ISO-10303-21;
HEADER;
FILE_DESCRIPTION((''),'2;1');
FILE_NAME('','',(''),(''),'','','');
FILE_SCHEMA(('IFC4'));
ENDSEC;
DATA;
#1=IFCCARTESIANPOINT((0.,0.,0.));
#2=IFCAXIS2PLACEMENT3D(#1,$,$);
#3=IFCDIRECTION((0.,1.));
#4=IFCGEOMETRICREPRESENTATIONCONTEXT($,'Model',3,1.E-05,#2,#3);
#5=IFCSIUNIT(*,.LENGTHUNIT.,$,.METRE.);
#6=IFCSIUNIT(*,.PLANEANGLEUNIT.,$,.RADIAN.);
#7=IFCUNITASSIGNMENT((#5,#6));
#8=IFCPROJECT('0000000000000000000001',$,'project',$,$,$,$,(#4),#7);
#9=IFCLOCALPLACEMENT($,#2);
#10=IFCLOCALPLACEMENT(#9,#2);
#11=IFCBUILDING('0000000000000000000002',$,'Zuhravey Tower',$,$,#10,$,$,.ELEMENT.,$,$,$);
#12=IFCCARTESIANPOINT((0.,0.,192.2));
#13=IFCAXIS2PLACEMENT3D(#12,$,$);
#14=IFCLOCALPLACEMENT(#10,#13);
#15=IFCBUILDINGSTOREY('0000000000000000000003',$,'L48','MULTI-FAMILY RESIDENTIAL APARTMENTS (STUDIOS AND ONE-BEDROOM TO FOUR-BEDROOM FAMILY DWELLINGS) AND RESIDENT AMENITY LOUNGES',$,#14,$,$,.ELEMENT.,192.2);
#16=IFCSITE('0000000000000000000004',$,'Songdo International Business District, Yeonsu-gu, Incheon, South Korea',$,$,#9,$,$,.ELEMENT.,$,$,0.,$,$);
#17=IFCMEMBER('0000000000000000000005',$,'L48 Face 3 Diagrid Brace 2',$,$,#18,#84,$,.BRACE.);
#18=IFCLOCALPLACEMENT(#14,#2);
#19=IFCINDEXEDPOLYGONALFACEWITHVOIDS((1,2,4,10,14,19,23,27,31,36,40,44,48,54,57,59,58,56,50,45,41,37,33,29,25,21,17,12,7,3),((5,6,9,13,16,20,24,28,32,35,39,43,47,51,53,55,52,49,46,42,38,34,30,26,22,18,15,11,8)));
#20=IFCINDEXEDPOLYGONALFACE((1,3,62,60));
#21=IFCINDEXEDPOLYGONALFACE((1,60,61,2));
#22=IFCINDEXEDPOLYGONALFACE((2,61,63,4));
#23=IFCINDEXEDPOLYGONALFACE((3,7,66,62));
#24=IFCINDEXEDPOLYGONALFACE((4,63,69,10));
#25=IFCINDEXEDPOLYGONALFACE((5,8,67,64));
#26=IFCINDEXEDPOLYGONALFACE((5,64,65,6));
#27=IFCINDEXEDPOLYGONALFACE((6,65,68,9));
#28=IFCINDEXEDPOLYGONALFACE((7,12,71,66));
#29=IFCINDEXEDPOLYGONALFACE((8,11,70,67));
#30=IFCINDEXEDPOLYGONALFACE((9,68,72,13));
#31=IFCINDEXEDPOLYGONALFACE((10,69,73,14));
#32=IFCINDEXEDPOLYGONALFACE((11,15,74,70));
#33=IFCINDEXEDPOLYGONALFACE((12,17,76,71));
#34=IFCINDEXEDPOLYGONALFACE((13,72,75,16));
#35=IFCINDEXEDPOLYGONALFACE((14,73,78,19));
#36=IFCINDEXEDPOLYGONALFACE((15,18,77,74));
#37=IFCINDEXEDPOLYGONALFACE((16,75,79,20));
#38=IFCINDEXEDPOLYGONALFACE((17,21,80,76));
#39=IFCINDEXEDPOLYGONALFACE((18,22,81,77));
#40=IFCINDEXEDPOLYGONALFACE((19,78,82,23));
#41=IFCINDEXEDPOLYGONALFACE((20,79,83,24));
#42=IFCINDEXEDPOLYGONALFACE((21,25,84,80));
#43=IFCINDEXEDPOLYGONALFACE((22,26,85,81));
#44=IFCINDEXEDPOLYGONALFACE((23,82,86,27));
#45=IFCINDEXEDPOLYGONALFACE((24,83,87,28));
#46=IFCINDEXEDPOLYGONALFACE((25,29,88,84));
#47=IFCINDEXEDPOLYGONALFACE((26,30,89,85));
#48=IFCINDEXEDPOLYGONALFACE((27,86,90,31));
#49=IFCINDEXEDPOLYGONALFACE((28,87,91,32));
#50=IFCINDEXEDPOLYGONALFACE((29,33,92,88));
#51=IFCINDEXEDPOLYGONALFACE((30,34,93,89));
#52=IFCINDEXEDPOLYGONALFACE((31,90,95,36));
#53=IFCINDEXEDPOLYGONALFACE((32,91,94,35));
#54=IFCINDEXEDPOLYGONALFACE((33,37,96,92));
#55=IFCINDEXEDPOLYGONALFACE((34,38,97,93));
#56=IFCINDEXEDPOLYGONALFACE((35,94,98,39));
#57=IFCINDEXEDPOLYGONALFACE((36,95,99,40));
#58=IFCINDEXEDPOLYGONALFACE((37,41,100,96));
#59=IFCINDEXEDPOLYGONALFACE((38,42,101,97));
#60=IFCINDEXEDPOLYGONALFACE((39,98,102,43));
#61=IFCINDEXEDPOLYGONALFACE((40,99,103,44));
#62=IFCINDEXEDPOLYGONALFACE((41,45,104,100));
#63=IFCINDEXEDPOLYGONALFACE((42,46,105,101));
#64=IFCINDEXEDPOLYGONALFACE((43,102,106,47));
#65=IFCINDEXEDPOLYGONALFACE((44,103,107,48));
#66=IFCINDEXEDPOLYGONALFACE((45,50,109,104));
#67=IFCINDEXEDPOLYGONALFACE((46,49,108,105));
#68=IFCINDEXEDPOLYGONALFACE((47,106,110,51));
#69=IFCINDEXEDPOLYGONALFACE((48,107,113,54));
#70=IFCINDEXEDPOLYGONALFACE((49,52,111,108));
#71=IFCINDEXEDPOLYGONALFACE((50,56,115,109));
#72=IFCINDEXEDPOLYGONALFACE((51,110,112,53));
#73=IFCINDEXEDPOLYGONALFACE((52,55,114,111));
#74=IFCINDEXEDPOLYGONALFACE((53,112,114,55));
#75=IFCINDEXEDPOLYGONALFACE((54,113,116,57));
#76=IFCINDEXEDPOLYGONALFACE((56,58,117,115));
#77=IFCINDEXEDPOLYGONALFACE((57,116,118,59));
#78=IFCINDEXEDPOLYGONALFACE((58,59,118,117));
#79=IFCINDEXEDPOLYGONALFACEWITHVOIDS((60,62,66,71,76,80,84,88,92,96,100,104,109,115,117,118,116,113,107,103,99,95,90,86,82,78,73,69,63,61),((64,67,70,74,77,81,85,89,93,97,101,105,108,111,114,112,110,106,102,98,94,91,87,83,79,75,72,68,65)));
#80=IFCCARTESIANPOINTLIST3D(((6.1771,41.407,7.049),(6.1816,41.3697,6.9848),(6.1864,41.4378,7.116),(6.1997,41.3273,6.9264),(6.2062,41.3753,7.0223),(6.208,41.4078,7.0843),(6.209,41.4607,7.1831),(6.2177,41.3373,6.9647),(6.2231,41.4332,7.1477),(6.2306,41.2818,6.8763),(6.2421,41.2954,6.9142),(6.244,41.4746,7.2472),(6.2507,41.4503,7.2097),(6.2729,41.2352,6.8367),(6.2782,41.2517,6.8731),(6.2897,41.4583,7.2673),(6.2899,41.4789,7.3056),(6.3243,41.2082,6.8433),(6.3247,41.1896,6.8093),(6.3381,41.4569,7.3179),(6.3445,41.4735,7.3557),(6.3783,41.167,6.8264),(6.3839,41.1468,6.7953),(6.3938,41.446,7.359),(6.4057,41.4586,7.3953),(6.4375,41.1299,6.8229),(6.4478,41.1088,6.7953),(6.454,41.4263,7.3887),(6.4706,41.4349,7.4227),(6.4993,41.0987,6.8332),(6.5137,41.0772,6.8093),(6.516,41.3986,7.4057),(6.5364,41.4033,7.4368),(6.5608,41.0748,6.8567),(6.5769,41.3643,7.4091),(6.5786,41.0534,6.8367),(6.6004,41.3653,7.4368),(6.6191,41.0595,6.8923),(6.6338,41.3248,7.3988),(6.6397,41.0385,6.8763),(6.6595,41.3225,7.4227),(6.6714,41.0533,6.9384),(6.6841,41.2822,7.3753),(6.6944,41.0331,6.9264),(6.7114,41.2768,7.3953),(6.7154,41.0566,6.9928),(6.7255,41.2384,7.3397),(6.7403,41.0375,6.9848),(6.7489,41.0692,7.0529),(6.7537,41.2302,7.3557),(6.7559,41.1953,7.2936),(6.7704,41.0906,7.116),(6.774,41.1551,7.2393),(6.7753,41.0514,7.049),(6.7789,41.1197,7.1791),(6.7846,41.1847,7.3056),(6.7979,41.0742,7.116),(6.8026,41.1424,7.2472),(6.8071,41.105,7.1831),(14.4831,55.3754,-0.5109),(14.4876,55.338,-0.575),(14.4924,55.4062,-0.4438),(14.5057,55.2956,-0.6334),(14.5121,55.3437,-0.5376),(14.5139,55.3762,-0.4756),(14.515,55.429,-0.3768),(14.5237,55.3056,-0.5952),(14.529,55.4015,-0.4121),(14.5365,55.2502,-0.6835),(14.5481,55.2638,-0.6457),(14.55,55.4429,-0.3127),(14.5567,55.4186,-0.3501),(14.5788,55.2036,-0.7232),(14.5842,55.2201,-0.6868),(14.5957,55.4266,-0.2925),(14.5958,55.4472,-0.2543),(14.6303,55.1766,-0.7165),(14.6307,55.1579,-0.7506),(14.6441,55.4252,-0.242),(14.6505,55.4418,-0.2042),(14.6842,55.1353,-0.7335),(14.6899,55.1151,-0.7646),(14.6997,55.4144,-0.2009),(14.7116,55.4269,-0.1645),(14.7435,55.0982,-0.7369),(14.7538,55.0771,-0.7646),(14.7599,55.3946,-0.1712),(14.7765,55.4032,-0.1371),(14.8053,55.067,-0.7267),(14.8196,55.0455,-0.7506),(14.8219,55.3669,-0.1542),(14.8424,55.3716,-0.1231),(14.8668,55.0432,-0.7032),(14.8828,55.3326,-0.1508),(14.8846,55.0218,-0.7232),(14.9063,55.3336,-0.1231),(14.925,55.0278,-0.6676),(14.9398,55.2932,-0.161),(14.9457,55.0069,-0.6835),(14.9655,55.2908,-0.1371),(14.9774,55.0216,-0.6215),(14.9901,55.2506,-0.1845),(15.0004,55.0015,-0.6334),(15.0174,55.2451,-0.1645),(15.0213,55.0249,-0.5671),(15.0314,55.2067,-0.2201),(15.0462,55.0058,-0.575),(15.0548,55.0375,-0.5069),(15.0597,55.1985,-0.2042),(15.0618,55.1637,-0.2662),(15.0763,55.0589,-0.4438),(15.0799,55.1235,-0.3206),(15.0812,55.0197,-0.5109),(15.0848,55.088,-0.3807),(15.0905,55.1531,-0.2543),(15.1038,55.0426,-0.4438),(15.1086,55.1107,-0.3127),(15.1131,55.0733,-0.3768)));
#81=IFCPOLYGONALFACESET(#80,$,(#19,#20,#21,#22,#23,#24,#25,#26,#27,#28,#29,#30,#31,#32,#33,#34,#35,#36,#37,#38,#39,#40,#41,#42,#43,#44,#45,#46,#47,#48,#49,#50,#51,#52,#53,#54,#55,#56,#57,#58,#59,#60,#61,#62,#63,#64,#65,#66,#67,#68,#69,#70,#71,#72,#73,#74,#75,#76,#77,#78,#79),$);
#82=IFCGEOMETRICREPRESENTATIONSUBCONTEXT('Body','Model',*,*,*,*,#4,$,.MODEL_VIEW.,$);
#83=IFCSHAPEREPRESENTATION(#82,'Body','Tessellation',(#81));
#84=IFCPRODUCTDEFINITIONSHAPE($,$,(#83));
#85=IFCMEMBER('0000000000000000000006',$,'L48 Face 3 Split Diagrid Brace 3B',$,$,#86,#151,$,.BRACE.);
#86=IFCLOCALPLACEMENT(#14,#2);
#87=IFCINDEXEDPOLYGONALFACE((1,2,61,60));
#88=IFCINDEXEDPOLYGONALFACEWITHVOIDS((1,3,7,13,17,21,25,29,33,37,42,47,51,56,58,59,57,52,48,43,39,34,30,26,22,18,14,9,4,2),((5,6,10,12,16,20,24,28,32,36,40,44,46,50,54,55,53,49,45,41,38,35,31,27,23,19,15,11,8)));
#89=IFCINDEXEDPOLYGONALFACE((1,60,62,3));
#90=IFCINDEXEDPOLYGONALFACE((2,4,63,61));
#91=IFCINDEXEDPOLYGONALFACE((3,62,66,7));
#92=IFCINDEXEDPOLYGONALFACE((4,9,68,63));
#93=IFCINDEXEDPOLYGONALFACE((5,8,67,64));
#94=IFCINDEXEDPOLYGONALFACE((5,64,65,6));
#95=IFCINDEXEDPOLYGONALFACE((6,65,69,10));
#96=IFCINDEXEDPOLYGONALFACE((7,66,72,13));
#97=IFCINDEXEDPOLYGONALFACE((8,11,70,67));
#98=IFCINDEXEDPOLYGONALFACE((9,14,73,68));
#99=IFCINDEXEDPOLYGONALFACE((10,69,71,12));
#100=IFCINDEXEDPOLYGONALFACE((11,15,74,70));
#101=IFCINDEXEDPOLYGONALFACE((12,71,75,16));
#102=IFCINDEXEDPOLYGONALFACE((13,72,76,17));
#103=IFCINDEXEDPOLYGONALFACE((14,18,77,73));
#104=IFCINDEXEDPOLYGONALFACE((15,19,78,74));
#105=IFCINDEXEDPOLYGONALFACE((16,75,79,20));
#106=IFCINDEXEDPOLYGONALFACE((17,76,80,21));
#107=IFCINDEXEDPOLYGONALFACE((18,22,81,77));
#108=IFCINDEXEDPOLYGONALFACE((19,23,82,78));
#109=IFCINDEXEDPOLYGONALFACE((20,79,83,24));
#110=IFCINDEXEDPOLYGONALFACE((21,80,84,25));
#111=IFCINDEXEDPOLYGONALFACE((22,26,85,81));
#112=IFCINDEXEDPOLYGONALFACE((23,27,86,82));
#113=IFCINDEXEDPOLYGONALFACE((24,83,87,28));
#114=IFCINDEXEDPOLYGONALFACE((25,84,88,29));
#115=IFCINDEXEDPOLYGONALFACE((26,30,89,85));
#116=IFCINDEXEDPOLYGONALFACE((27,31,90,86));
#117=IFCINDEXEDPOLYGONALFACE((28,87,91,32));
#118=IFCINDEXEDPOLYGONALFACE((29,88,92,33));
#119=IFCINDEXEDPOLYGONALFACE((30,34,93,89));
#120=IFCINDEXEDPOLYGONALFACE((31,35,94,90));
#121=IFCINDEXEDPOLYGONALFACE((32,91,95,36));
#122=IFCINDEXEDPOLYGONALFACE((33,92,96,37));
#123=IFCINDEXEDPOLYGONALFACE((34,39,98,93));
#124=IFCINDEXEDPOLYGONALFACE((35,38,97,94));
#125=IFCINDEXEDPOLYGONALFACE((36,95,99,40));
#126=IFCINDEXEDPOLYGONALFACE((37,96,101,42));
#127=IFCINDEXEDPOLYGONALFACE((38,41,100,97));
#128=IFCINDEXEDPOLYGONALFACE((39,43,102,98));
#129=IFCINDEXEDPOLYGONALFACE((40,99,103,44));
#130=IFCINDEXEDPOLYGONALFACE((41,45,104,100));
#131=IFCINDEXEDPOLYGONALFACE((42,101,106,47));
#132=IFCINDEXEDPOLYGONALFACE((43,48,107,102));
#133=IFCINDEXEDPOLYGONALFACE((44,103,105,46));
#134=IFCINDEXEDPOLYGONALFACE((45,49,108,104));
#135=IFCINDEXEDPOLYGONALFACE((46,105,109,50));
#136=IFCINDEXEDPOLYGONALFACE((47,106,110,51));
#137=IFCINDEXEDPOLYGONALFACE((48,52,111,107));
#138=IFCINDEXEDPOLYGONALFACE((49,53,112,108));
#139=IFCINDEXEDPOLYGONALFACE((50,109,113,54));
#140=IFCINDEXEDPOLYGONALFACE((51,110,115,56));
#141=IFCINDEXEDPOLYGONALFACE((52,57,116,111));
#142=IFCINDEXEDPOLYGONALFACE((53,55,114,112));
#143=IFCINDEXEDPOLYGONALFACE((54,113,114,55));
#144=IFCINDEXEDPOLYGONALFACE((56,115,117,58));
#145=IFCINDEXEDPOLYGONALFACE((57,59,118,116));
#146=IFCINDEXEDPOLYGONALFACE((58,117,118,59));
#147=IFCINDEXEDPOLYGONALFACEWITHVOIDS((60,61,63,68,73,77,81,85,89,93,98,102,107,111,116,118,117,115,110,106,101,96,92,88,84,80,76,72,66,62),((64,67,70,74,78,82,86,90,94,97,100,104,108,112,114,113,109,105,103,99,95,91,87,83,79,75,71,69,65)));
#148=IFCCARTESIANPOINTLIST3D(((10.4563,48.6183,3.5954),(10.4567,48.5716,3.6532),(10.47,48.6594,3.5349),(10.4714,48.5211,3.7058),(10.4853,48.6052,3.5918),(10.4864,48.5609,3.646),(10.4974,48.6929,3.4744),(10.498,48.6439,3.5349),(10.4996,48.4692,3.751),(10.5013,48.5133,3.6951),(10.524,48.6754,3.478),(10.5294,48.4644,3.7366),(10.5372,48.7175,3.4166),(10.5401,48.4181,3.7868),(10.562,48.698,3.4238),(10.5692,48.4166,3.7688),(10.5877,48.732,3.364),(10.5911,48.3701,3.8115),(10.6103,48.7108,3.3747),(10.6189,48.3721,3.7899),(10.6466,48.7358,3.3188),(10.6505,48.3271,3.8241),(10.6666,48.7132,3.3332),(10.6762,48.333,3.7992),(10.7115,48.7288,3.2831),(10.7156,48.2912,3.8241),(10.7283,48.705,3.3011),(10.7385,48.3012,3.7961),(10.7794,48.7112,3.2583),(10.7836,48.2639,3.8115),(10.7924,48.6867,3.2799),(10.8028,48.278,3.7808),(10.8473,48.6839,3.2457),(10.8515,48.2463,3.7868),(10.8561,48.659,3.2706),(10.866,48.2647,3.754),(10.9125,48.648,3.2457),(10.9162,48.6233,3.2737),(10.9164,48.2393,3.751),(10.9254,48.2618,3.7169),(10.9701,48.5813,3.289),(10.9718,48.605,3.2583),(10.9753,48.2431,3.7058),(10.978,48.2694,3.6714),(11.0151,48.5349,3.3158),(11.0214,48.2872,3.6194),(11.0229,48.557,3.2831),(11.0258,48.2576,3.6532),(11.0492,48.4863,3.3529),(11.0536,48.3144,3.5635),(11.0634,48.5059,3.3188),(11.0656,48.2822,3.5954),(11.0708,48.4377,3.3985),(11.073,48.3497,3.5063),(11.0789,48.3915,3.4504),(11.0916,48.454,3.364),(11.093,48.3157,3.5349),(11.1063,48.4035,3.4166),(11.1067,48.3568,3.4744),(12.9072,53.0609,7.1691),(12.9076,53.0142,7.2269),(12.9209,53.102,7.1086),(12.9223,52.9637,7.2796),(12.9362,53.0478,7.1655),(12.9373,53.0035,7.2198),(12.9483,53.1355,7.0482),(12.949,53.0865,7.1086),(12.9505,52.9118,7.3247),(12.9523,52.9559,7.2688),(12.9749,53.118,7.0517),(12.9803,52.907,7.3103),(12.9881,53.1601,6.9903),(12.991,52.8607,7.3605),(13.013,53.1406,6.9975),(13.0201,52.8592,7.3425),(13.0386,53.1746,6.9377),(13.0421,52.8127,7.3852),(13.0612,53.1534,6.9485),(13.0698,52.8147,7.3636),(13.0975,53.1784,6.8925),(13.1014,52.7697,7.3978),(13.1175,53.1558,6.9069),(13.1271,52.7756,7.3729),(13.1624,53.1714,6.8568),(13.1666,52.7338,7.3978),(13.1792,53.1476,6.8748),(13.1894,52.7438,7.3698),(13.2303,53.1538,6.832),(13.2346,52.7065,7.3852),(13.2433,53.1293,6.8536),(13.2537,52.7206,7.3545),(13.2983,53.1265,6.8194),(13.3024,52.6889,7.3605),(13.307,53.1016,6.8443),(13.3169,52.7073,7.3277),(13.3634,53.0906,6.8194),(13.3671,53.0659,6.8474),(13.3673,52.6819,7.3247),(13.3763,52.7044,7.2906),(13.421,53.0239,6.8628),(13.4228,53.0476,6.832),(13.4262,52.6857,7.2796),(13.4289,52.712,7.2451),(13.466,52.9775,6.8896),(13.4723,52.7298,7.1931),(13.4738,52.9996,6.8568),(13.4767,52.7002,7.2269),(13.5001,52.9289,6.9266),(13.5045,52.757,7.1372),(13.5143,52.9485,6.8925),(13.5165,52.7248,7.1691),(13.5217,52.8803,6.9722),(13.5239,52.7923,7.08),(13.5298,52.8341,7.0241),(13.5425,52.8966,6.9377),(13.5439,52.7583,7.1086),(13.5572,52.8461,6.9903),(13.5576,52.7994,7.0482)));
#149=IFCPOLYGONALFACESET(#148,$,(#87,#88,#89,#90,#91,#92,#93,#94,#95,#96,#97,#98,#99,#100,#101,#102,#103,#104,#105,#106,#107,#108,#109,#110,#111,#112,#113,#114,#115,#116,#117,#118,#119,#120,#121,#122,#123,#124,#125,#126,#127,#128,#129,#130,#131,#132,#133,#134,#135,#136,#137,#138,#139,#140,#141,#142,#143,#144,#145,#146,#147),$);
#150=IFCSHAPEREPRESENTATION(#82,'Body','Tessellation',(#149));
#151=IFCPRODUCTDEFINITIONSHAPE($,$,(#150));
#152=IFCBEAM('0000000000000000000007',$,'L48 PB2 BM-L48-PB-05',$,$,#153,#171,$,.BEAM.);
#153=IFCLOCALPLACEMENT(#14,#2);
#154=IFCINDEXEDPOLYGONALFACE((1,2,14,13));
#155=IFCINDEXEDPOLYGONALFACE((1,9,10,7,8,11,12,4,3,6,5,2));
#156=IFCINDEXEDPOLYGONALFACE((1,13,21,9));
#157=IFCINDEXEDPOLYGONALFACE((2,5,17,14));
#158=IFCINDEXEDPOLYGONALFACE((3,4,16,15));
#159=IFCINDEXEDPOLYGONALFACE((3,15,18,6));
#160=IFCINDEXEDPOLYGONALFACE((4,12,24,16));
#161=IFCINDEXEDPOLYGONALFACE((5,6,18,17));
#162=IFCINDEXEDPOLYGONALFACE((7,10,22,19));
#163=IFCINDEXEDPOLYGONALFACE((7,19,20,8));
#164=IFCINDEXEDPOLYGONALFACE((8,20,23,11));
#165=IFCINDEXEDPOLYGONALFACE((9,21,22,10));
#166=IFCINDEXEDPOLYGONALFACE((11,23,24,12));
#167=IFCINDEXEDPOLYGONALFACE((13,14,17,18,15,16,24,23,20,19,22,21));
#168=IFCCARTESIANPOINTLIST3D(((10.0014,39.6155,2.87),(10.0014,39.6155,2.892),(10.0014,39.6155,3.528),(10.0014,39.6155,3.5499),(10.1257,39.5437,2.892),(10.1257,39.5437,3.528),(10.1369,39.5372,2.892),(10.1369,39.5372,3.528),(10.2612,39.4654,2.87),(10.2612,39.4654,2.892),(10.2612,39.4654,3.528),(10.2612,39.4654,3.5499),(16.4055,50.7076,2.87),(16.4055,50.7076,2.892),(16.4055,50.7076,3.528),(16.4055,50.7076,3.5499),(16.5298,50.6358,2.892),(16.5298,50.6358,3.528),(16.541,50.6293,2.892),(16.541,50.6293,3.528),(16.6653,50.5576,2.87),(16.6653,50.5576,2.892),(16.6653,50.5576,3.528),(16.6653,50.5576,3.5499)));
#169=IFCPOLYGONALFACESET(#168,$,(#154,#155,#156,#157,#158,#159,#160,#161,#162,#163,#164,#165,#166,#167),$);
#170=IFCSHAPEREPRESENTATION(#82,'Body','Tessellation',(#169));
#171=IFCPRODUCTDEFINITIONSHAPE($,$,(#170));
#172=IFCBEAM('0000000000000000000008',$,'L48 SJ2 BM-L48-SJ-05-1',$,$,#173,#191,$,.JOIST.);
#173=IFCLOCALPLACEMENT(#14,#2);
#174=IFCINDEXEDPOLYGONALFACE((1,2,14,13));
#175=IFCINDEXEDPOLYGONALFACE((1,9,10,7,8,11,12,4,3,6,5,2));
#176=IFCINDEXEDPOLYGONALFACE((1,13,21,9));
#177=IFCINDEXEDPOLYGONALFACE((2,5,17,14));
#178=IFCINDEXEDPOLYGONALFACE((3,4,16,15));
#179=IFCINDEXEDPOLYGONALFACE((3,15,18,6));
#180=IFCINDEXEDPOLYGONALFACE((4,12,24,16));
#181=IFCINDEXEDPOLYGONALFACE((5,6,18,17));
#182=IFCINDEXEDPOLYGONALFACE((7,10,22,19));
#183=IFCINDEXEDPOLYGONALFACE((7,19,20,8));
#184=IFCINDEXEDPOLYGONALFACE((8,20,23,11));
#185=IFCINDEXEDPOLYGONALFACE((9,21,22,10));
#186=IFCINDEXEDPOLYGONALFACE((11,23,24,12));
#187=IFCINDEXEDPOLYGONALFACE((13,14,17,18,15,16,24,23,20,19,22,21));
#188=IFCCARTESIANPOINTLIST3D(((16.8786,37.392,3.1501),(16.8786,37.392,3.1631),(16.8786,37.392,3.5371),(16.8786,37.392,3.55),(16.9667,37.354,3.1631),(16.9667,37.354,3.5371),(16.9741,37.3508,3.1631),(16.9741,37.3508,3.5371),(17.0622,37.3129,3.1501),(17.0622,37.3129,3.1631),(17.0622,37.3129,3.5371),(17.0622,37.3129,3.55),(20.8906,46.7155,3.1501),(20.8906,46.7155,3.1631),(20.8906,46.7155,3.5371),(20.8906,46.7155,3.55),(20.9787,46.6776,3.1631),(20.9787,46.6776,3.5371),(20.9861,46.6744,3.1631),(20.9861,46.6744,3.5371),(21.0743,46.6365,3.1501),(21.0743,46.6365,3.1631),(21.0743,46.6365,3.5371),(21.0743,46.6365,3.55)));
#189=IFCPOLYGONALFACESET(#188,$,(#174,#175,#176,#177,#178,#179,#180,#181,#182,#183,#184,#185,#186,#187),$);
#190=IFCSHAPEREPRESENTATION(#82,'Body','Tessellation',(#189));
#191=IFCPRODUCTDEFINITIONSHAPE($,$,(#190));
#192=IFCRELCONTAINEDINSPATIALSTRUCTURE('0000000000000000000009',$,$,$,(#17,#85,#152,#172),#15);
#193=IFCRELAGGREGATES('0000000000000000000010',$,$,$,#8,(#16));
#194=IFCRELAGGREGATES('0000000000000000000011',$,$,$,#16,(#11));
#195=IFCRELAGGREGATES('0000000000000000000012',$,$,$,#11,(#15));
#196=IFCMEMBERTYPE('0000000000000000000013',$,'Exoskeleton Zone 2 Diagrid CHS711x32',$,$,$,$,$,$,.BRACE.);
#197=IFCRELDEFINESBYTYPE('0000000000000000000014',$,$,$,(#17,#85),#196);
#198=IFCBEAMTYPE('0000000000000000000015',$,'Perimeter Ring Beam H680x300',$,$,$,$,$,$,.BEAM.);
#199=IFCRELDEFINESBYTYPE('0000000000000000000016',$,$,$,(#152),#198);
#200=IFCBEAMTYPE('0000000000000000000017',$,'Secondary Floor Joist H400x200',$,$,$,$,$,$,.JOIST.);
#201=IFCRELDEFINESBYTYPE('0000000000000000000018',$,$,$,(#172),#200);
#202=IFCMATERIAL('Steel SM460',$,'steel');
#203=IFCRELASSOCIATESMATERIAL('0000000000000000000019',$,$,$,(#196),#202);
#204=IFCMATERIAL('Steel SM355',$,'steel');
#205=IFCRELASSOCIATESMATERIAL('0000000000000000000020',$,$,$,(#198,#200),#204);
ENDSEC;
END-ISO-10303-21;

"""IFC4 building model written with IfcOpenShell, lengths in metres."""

from ifc_helpers import new_model, si_unit, direction, frame, origin, origin_2d, place, context, subcontext, project, spatial, hollow_circle, i_section, extrude, material, material_profile, profile_set, type_object, element, save


model = new_model("IFC4")

# Units and contexts
model_context = context("Model", 3, precision=1e-05, world=origin(), true_north=direction((0.0, 1.0)))
body_context = subcontext(model_context, "Body", "Model", "MODEL_VIEW")
ifc_project = project(units=[si_unit("LENGTHUNIT", "METRE"), si_unit("PLANEANGLEUNIT", "RADIAN")], contexts=[model_context])

# Site, building, storey
site_placement = place(None, origin())
site = spatial("IfcSite", under=ifc_project, at=site_placement, Name="Songdo International Business District, Yeonsu-gu, Incheon, South Korea", CompositionType="ELEMENT", RefElevation=0.0)
building_placement = place(site_placement, origin())
building = spatial("IfcBuilding", under=site, at=building_placement, Name="Zuhravey Tower", CompositionType="ELEMENT")
storey_placement = place(building_placement, frame((0.0, 0.0, 192.2)))
storey = spatial("IfcBuildingStorey", under=building, at=storey_placement, Name="L48", Description="MULTI-FAMILY RESIDENTIAL APARTMENTS (STUDIOS AND ONE-BEDROOM TO FOUR-BEDROOM FAMILY DWELLINGS) AND RESIDENT AMENITY LOUNGES", CompositionType="ELEMENT", Elevation=192.2)

# Members
ifc_material_1 = material(Name="Steel SM355", Category="steel")
ifc_material_2 = material(Name="Steel SM460", Category="steel")
ifc_material_profile_1 = material_profile(ifc_material_2, hollow_circle(Radius=0.3557, WallThickness=0.032, at=origin_2d()), Name="CHS-711.2x32")
ifc_profile_set_1 = profile_set([ifc_material_profile_1], Name="Steel SM460")
member_type_1 = type_object("IfcMemberType", Name="Exoskeleton Zone 2 Diagrid CHS711x32", PredefinedType="BRACE", material=ifc_profile_set_1)
member_1_placement = place(storey_placement, frame((14.7981, 55.2244, -0.4438), z_axis=(-0.463409, -0.779327, 0.421783), x_axis=(0.859524, -0.511096, 0.0)))
element("IfcMember", 1, at=member_1_placement, inside=storey, type_object=member_type_1, Name="L48 Face 3 Diagrid Brace 2", PredefinedType="BRACE", context=body_context, shape_type="SweptSolid", body=[
    extrude(hollow_circle(Radius=0.3557, WallThickness=0.032, at=origin_2d()), origin(), (0.0, 0.0, 1.0), 17.9236),
])
member_2_placement = place(storey_placement, frame((10.7815, 48.4875, 3.5349), z_axis=(0.394923, 0.71585, 0.575843), x_axis=(-0.875592, 0.483051, 0.0)))
element("IfcMember", 2, at=member_2_placement, inside=storey, type_object=member_type_1, Name="L48 Face 3 Split Diagrid Brace 3B", PredefinedType="BRACE", context=body_context, shape_type="SweptSolid", body=[
    extrude(hollow_circle(Radius=0.3557, WallThickness=0.032, at=origin_2d()), origin(), (0.0, 0.0, 1.0), 6.2061),
])

# Beams
ifc_material_profile_2 = material_profile(ifc_material_1, i_section(OverallWidth=0.3, OverallDepth=0.6799, WebThickness=0.0129, FlangeThickness=0.022, at=origin_2d()), Name="H-680x300x13x22")
ifc_profile_set_2 = profile_set([ifc_material_profile_2], Name="Steel SM355")
beam_type_1 = type_object("IfcBeamType", Name="Perimeter Ring Beam H680x300", PredefinedType="BEAM", material=ifc_profile_set_2)
beam_1_placement = place(storey_placement, frame((16.5354, 50.6326, 3.21), z_axis=(-0.500004, -0.866023, 0.0), x_axis=(0.866023, -0.500004, 0.0)))
element("IfcBeam", 3, at=beam_1_placement, inside=storey, type_object=beam_type_1, Name="L48 PB2 BM-L48-PB-05", PredefinedType="BEAM", context=body_context, shape_type="SweptSolid", body=[
    extrude(i_section(OverallWidth=0.3, OverallDepth=0.6799, WebThickness=0.0129, FlangeThickness=0.022, at=origin_2d()), origin(), (0.0, 0.0, 1.0), 12.8081),
])
ifc_material_profile_3 = material_profile(ifc_material_1, i_section(OverallWidth=0.2, OverallDepth=0.3999, WebThickness=0.0081, FlangeThickness=0.0129, at=origin_2d()), Name="H-400x200x8x13")
ifc_profile_set_3 = profile_set([ifc_material_profile_3], Name="Steel SM355")
beam_type_2 = type_object("IfcBeamType", Name="Secondary Floor Joist H400x200", PredefinedType="JOIST", material=ifc_profile_set_3)
beam_2_placement = place(storey_placement, frame((20.9824, 46.676, 3.3501), z_axis=(-0.395266, -0.918567, 0.0), x_axis=(0.918567, -0.395266, 0.0)))
element("IfcBeam", 4, at=beam_2_placement, inside=storey, type_object=beam_type_2, Name="L48 SJ2 BM-L48-SJ-05-1", PredefinedType="JOIST", context=body_context, shape_type="SweptSolid", body=[
    extrude(i_section(OverallWidth=0.2, OverallDepth=0.3999, WebThickness=0.0081, FlangeThickness=0.0129, at=origin_2d()), origin(), (0.0, 0.0, 1.0), 10.1501),
])

save(model, "model.ifc")
